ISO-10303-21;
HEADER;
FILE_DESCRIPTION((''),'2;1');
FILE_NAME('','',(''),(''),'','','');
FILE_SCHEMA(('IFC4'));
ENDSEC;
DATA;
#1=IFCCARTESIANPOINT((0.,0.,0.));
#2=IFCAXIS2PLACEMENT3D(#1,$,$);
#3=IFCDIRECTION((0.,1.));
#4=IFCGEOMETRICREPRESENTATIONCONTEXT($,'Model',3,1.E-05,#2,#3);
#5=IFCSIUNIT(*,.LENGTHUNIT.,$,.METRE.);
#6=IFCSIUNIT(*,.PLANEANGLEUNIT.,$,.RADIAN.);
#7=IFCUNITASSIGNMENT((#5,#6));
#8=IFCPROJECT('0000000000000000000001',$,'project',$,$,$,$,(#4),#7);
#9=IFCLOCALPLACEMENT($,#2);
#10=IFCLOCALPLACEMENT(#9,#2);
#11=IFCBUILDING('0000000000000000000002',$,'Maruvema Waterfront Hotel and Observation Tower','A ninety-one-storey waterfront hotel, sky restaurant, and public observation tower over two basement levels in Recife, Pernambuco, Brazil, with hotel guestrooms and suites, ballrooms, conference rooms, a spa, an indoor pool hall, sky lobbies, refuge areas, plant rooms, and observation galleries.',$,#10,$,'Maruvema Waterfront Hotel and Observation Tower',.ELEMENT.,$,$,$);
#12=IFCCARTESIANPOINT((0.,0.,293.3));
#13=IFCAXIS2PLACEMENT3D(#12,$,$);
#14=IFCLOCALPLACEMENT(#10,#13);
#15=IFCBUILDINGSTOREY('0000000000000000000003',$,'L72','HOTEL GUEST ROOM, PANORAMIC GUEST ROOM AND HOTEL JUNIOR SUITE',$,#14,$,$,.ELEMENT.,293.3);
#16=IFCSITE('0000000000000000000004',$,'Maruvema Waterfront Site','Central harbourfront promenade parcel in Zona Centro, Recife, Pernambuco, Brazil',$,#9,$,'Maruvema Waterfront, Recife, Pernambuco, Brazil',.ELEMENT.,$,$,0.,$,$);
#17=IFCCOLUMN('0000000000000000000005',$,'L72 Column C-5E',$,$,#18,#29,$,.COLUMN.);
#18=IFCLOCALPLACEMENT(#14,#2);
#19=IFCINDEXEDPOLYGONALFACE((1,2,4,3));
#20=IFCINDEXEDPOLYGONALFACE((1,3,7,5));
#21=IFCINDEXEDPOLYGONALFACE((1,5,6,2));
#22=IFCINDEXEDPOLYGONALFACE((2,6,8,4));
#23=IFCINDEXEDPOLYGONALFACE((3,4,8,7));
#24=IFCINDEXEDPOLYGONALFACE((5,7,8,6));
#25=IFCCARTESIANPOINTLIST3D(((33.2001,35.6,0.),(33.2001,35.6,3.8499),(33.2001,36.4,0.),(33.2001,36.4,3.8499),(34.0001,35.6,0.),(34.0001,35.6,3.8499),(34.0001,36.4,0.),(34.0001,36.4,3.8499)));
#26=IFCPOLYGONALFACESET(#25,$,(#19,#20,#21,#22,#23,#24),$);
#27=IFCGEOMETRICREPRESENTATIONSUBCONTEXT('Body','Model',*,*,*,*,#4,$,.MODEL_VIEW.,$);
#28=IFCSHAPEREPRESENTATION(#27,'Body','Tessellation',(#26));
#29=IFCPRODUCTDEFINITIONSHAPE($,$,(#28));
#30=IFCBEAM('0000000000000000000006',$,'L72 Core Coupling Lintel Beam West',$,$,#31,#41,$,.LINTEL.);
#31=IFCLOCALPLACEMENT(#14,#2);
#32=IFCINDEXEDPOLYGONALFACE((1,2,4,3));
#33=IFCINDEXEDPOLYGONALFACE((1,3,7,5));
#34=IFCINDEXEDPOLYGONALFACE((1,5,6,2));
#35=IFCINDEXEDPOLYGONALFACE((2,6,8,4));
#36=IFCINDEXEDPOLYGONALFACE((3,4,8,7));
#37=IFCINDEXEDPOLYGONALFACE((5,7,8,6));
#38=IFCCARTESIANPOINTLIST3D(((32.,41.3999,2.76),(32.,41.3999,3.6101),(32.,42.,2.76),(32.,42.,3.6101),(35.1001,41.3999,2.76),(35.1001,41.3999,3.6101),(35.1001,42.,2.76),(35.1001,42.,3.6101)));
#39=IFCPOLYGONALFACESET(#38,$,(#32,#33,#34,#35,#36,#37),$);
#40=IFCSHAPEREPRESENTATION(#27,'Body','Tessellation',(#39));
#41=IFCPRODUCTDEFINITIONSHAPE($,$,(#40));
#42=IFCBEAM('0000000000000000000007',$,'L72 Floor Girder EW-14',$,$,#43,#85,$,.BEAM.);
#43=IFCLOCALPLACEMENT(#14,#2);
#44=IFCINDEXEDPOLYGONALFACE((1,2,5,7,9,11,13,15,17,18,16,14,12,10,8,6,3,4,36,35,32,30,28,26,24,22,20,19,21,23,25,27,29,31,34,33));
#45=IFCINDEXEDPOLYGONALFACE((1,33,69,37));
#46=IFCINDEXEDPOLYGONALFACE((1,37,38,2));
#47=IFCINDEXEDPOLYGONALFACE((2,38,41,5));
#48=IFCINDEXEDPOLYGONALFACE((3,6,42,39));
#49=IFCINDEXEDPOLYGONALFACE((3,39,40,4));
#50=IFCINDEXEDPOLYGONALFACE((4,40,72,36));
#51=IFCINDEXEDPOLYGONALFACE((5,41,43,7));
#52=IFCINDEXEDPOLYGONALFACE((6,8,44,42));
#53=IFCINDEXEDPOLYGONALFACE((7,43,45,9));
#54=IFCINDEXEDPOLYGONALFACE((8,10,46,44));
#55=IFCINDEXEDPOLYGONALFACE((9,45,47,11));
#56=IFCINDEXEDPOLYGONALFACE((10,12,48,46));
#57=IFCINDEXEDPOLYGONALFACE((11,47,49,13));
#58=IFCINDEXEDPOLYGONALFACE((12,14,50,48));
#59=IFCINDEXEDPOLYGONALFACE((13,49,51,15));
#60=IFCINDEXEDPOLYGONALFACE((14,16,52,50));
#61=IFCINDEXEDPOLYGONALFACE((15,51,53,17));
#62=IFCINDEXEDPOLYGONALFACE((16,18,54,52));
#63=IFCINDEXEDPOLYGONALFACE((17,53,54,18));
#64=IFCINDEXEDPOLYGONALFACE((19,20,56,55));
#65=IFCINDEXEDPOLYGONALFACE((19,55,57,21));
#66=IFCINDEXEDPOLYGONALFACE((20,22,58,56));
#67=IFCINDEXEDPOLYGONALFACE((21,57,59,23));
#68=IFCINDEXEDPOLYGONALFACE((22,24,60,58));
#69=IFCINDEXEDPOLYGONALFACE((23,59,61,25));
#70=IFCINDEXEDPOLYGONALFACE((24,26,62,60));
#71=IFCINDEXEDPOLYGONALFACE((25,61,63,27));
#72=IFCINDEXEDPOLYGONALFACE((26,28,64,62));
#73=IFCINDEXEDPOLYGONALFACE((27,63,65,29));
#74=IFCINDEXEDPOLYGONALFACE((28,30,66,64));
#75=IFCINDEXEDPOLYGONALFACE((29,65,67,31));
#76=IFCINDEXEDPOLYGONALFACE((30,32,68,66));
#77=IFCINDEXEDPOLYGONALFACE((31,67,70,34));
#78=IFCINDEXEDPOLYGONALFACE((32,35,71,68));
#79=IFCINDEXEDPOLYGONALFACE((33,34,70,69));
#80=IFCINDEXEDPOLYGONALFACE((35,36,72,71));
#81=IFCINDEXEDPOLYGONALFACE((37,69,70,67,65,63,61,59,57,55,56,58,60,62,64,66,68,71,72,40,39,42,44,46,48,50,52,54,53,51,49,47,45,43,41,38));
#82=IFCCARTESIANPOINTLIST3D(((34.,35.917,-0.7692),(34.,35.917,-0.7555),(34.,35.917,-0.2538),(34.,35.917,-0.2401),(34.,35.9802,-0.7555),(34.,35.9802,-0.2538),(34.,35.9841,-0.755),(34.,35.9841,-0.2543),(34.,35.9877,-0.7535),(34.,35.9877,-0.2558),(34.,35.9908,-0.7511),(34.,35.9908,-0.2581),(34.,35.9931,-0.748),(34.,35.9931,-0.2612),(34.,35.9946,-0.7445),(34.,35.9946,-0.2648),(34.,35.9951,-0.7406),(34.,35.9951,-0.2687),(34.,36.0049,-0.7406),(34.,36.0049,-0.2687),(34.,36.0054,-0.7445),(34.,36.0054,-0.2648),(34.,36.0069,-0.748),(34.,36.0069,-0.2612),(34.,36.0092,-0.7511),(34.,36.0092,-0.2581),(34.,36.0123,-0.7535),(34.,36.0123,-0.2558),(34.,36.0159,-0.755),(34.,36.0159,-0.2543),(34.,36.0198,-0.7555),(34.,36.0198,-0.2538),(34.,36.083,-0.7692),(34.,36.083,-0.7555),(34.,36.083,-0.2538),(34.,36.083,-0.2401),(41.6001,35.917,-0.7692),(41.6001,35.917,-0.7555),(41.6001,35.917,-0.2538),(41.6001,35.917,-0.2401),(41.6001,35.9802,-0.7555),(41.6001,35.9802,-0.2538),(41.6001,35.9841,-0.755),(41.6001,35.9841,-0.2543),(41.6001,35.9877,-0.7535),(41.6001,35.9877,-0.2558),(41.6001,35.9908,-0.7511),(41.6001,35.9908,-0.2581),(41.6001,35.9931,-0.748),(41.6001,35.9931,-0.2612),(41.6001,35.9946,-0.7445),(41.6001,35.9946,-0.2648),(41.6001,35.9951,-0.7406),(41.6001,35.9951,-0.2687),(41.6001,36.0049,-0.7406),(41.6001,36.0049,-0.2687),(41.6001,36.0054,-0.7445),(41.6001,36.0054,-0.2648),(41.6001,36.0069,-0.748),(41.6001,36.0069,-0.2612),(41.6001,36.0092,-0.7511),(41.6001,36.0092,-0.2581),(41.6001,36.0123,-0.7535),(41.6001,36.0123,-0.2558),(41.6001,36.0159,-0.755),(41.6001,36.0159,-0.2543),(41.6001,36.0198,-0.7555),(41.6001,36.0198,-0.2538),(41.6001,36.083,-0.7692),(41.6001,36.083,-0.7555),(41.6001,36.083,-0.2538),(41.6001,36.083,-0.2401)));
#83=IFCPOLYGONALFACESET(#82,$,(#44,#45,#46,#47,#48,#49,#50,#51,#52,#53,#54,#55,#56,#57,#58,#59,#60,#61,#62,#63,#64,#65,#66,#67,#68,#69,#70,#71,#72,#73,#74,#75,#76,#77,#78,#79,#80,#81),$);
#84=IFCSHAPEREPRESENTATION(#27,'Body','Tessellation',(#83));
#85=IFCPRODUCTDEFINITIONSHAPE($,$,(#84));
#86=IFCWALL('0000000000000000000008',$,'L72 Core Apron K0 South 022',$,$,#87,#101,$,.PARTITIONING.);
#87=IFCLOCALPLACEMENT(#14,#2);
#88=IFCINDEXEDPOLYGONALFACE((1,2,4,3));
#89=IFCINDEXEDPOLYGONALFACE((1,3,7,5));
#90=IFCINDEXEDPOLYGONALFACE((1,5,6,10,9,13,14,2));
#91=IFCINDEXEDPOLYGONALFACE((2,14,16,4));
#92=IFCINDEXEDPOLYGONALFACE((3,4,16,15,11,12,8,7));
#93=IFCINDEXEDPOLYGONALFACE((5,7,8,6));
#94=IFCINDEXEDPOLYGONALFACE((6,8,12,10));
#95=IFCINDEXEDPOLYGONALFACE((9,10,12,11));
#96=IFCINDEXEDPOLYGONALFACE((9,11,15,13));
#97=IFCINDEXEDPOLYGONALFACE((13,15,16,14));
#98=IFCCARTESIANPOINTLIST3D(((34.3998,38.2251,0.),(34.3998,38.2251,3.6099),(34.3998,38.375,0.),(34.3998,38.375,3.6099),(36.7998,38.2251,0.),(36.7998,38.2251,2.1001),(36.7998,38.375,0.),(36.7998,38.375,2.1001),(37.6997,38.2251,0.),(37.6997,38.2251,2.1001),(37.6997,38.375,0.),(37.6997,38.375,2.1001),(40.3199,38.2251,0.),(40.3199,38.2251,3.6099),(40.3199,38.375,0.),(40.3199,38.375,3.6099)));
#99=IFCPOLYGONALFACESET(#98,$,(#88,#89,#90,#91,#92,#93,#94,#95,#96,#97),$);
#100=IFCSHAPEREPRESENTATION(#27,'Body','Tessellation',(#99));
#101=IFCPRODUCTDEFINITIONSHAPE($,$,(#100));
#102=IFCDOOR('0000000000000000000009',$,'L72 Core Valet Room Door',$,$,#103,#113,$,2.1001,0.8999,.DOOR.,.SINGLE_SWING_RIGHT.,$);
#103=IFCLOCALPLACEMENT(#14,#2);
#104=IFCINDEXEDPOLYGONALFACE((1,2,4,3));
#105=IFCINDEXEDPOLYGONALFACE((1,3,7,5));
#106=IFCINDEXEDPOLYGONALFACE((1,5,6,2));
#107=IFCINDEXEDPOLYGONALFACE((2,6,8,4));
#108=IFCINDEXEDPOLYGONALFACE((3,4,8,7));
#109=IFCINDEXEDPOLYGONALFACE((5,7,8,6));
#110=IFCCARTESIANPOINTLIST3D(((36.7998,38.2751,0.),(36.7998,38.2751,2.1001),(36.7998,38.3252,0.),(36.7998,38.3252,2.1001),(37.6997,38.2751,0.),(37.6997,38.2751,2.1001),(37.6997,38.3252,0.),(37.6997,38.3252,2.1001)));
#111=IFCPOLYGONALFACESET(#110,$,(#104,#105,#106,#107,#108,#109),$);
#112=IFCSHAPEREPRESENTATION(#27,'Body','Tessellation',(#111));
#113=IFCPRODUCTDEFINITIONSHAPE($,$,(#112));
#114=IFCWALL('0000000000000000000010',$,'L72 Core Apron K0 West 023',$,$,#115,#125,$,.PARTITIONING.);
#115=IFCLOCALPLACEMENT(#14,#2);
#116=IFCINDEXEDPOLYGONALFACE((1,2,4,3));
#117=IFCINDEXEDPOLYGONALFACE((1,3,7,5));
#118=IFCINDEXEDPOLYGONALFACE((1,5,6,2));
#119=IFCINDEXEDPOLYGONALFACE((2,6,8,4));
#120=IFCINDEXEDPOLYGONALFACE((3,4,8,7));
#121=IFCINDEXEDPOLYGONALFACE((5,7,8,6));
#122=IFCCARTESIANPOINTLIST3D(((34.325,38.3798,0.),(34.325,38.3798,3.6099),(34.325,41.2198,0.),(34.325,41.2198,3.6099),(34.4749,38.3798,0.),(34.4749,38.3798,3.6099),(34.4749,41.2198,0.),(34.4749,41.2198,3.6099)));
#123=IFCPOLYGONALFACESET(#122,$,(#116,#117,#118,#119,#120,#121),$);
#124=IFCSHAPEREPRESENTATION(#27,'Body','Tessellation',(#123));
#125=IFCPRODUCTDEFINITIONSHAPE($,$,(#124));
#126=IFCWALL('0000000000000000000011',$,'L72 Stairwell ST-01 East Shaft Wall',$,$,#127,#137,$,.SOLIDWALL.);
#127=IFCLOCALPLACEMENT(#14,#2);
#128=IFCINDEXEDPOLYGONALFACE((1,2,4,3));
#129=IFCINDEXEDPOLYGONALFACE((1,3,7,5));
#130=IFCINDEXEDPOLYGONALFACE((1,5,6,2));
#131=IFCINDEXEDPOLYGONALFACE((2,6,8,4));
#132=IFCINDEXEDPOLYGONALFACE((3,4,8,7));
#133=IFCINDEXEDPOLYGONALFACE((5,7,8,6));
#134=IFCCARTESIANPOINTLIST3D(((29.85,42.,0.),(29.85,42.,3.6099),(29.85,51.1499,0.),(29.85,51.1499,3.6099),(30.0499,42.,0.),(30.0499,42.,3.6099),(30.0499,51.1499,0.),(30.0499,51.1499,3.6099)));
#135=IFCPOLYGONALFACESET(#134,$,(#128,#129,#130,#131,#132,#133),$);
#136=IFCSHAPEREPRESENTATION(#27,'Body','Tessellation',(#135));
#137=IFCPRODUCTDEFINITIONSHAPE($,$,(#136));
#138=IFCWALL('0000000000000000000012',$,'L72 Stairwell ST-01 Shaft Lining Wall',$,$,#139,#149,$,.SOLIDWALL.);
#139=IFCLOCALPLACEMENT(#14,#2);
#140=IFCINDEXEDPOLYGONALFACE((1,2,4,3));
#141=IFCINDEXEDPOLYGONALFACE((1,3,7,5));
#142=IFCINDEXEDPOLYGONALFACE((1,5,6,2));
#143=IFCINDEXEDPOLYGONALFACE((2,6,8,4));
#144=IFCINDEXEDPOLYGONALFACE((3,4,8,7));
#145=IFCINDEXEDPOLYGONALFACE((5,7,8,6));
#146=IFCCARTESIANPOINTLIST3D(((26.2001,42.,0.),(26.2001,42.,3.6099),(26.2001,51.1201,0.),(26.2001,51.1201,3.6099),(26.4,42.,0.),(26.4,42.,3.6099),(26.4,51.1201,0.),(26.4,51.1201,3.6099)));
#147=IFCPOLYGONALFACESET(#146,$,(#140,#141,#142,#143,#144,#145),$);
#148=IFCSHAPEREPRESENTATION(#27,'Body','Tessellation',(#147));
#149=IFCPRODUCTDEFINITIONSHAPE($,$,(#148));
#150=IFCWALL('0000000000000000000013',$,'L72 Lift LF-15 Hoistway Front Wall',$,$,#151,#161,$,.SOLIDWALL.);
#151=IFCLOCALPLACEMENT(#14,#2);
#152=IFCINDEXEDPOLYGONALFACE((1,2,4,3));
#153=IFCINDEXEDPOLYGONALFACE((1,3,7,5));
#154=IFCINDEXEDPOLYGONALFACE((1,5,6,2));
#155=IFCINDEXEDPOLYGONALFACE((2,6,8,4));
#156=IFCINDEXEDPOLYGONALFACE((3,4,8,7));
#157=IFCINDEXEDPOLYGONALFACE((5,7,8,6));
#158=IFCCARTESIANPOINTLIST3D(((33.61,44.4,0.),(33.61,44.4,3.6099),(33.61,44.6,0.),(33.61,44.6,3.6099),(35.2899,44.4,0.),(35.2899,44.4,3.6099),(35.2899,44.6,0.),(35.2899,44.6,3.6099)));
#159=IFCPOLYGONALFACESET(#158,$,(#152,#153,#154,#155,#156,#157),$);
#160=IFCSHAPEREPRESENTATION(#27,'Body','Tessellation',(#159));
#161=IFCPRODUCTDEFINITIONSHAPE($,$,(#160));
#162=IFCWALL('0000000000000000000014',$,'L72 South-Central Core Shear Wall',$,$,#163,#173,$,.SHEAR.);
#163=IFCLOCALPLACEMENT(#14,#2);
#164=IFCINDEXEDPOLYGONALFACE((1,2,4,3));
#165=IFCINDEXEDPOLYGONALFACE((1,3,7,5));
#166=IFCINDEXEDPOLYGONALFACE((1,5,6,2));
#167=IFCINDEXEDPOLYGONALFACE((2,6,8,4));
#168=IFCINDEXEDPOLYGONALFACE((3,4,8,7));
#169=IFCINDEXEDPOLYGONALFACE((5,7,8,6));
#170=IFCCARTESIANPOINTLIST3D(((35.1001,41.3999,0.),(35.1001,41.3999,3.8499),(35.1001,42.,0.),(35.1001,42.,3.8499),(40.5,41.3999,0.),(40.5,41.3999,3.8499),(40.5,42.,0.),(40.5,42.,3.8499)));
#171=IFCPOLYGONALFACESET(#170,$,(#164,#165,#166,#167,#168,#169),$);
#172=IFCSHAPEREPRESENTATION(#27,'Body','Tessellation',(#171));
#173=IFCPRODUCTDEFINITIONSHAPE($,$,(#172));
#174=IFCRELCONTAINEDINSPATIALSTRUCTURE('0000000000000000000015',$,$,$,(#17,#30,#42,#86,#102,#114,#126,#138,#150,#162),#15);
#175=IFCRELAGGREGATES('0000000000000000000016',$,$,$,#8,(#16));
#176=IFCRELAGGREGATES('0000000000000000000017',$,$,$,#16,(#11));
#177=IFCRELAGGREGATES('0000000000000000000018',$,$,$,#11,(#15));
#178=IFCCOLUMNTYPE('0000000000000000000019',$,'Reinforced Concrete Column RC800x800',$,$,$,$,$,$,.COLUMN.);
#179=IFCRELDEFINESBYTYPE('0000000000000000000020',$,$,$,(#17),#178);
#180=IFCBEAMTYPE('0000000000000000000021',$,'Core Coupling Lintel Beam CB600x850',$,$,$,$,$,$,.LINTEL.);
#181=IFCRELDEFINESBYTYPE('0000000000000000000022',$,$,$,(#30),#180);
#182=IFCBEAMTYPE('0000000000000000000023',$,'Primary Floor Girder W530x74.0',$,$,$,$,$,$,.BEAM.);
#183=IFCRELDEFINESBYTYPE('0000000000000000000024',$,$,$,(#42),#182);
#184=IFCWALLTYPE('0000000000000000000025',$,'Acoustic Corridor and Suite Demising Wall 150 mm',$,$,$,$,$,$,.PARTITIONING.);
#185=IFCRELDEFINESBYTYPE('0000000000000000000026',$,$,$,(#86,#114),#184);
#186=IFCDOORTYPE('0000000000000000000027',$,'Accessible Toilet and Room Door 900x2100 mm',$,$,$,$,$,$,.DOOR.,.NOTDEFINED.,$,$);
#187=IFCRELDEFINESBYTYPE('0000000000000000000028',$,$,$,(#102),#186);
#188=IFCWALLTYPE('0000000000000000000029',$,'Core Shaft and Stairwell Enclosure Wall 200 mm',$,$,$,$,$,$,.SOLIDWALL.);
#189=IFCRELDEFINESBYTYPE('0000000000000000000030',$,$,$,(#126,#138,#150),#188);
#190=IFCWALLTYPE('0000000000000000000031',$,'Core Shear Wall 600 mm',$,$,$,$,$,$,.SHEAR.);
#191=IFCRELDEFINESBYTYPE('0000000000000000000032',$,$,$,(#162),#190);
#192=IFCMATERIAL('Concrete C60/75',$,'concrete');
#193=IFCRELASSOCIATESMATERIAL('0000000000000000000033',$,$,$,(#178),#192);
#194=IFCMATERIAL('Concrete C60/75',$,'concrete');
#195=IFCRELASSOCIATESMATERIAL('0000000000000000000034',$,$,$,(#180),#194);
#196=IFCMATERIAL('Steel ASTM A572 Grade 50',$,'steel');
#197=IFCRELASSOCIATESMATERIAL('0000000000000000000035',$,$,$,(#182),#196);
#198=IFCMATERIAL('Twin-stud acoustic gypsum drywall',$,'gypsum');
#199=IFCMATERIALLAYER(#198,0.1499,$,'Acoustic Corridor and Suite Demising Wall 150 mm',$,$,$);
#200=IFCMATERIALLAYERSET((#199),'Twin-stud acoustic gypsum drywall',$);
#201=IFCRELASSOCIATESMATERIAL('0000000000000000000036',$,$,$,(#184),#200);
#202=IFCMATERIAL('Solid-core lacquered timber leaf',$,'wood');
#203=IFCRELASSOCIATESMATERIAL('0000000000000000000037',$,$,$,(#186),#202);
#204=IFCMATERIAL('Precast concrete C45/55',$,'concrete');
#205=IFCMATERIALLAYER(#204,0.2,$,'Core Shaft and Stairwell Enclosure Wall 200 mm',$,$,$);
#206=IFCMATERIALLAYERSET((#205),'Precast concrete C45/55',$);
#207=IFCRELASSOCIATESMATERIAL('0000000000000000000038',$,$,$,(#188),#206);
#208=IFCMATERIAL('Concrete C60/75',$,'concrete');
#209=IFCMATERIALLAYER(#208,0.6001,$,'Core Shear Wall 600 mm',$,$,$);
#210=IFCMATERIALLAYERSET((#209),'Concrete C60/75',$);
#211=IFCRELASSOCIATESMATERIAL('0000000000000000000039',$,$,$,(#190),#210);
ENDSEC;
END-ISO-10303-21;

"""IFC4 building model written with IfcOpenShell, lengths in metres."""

from ifc_helpers import new_model, si_unit, direction, frame, frame_2d, origin, origin_2d, place, context, subcontext, project, spatial, rectangle, i_section, extrude, material, layer, layer_set, material_profile, profile_set, type_object, element, fill, save


model = new_model("IFC4")

# Units and contexts
model_context = context("Model", 3, precision=1e-05, world=origin(), true_north=direction((0.0, 1.0)))
body_context = subcontext(model_context, "Body", "Model", "MODEL_VIEW")
ifc_project = project(units=[si_unit("LENGTHUNIT", "METRE"), si_unit("PLANEANGLEUNIT", "RADIAN")], contexts=[model_context])

# Site, building, storey
site_placement = place(None, origin())
site = spatial("IfcSite", under=ifc_project, at=site_placement, Name="Maruvema Waterfront Site", Description="Central harbourfront promenade parcel in Zona Centro, Recife, Pernambuco, Brazil", LongName="Maruvema Waterfront, Recife, Pernambuco, Brazil", CompositionType="ELEMENT", RefElevation=0.0)
building_placement = place(site_placement, origin())
building = spatial("IfcBuilding", under=site, at=building_placement, Name="Maruvema Waterfront Hotel and Observation Tower", Description="A ninety-one-storey waterfront hotel, sky restaurant, and public observation tower over two basement levels in Recife, Pernambuco, Brazil, with hotel guestrooms and suites, ballrooms, conference rooms, a spa, an indoor pool hall, sky lobbies, refuge areas, plant rooms, and observation galleries.", LongName="Maruvema Waterfront Hotel and Observation Tower", CompositionType="ELEMENT")
storey_placement = place(building_placement, frame((0.0, 0.0, 293.3)))
storey = spatial("IfcBuildingStorey", under=building, at=storey_placement, Name="L72", Description="HOTEL GUEST ROOM, PANORAMIC GUEST ROOM AND HOTEL JUNIOR SUITE", CompositionType="ELEMENT", Elevation=293.3)

# Column
ifc_material_1 = material(Name="Concrete C60/75", Category="concrete")
ifc_material_profile_1 = material_profile(ifc_material_1, rectangle(XDim=0.8, YDim=0.8, at=origin_2d()), Name="RC800x800")
ifc_profile_set_1 = profile_set([ifc_material_profile_1], Name="Concrete C60/75")
column_type = type_object("IfcColumnType", Name="Reinforced Concrete Column RC800x800", PredefinedType="COLUMN", material=ifc_profile_set_1)
column_placement = place(storey_placement, frame((33.6001, 36.0, 0.0), z_axis=(0.0, 0.0, 1.0), x_axis=(1.0, 0.0, 0.0)))
element("IfcColumn", 1, at=column_placement, inside=storey, type_object=column_type, Name="L72 Column C-5E", PredefinedType="COLUMN", context=body_context, shape_type="SweptSolid", body=[
    extrude(rectangle(XDim=0.8, YDim=0.8, at=origin_2d()), origin(), (0.0, 0.0, 1.0), 3.8499),
])

# Beams
ifc_material_2 = material(Name="Concrete C60/75", Category="concrete")
ifc_material_profile_2 = material_profile(ifc_material_2, rectangle(XDim=0.6001, YDim=0.8501, at=origin_2d()), Name="CB600x850")
ifc_profile_set_2 = profile_set([ifc_material_profile_2], Name="Concrete C60/75")
beam_type_1 = type_object("IfcBeamType", Name="Core Coupling Lintel Beam CB600x850", PredefinedType="LINTEL", material=ifc_profile_set_2)
beam_1_placement = place(storey_placement, frame((32.0, 41.7, 3.1851), z_axis=(1.0, 0.0, 0.0), x_axis=(0.0, 1.0, 0.0)))
element("IfcBeam", 2, at=beam_1_placement, inside=storey, type_object=beam_type_1, Name="L72 Core Coupling Lintel Beam West", PredefinedType="LINTEL", context=body_context, shape_type="SweptSolid", body=[
    extrude(rectangle(XDim=0.6001, YDim=0.8501, at=origin_2d()), origin(), (0.0, 0.0, 1.0), 3.1001),
])
ifc_material_3 = material(Name="Steel ASTM A572 Grade 50", Category="steel")
ifc_material_profile_3 = material_profile(ifc_material_3, i_section(OverallWidth=0.166, OverallDepth=0.5291, WebThickness=0.0098, FlangeThickness=0.0137, FilletRadius=0.0149, at=origin_2d()), Name="W530x74.0")
ifc_profile_set_3 = profile_set([ifc_material_profile_3], Name="Steel ASTM A572 Grade 50")
beam_type_2 = type_object("IfcBeamType", Name="Primary Floor Girder W530x74.0", PredefinedType="BEAM", material=ifc_profile_set_3)
beam_2_placement = place(storey_placement, frame((34.0, 36.0, -0.5046), z_axis=(1.0, 0.0, 0.0), x_axis=(0.0, 1.0, 0.0)))
element("IfcBeam", 3, at=beam_2_placement, inside=storey, type_object=beam_type_2, Name="L72 Floor Girder EW-14", PredefinedType="BEAM", context=body_context, shape_type="SweptSolid", body=[
    extrude(i_section(OverallWidth=0.166, OverallDepth=0.5291, WebThickness=0.0098, FlangeThickness=0.0137, FilletRadius=0.0149, at=origin_2d()), origin(), (0.0, 0.0, 1.0), 7.6001),
])

# Wall, opening, door
ifc_material_4 = material(Name="Twin-stud acoustic gypsum drywall", Category="gypsum")
ifc_layer_1 = layer(ifc_material_4, 0.1499, Name="Acoustic Corridor and Suite Demising Wall 150 mm")
ifc_layer_set_1 = layer_set([ifc_layer_1], Name="Twin-stud acoustic gypsum drywall")
wall_type_1 = type_object("IfcWallType", Name="Acoustic Corridor and Suite Demising Wall 150 mm", PredefinedType="PARTITIONING", material=ifc_layer_set_1)
wall_1_placement = place(storey_placement, frame((34.3999, 38.3, 0.0), z_axis=(0.0, 0.0, 1.0), x_axis=(1.0, 0.0, 0.0)))
wall_1 = element("IfcWall", 4, at=wall_1_placement, inside=storey, type_object=wall_type_1, Name="L72 Core Apron K0 South 022", PredefinedType="PARTITIONING", context=body_context, shape_type="SweptSolid", body=[
    extrude(rectangle(XDim=5.9202, YDim=0.1499, at=frame_2d((2.96, 0.0))), origin(), (0.0, 0.0, 1.0), 3.6099),
])
opening_1_placement = place(wall_1_placement, frame((2.3999, 0.0, 0.0)))
opening_1 = element("IfcOpeningElement", 5, at=opening_1_placement, cuts=wall_1, PredefinedType="OPENING", context=body_context, shape_type="SweptSolid", body=[
    extrude(rectangle(XDim=0.8999, YDim=2.1001, at=frame_2d((0.45, 1.05))), frame((0.0, 0.085, 0.0), z_axis=(0.0, -1.0, 0.0), x_axis=(1.0, 0.0, 0.0)), (0.0, 0.0, 1.0), 0.1699),
])
ifc_material_5 = material(Name="Solid-core lacquered timber leaf", Category="wood")
door_type_1 = type_object("IfcDoorType", Name="Accessible Toilet and Room Door 900x2100 mm", OperationType="NOTDEFINED", PredefinedType="DOOR", material=ifc_material_5)
door_1_placement = place(opening_1_placement, frame((0.8999, 0.0, 0.0), z_axis=(0.0, 0.0, 1.0), x_axis=(-1.0, 0.0, 0.0)))
door_1 = element("IfcDoor", 6, at=door_1_placement, inside=storey, type_object=door_type_1, Name="L72 Core Valet Room Door", OperationType="SINGLE_SWING_RIGHT", OverallHeight=2.1001, OverallWidth=0.8999, PredefinedType="DOOR", context=body_context, shape_type="SweptSolid", body=[
    extrude(rectangle(XDim=0.8999, YDim=2.1001, at=frame_2d((0.45, 1.05))), frame((0.0, 0.0249, 0.0), z_axis=(0.0, -1.0, 0.0), x_axis=(1.0, 0.0, 0.0)), (0.0, 0.0, 1.0), 0.05),
])
fill(opening_1, door_1)

# Walls
wall_2_placement = place(storey_placement, frame((34.3999, 38.3799, 0.0), z_axis=(0.0, 0.0, 1.0), x_axis=(0.0, 1.0, 0.0)))
element("IfcWall", 7, at=wall_2_placement, inside=storey, type_object=wall_type_1, Name="L72 Core Apron K0 West 023", PredefinedType="PARTITIONING", context=body_context, shape_type="SweptSolid", body=[
    extrude(rectangle(XDim=2.8401, YDim=0.1499, at=frame_2d((1.4199, 0.0))), origin(), (0.0, 0.0, 1.0), 3.6099),
])
ifc_material_6 = material(Name="Precast concrete C45/55", Category="concrete")
ifc_layer_2 = layer(ifc_material_6, 0.2, Name="Core Shaft and Stairwell Enclosure Wall 200 mm")
ifc_layer_set_2 = layer_set([ifc_layer_2], Name="Precast concrete C45/55")
wall_type_2 = type_object("IfcWallType", Name="Core Shaft and Stairwell Enclosure Wall 200 mm", PredefinedType="SOLIDWALL", material=ifc_layer_set_2)
wall_3_placement = place(storey_placement, frame((29.95, 42.0, 0.0), z_axis=(0.0, 0.0, 1.0), x_axis=(0.0, 1.0, 0.0)))
element("IfcWall", 8, at=wall_3_placement, inside=storey, type_object=wall_type_2, Name="L72 Stairwell ST-01 East Shaft Wall", PredefinedType="SOLIDWALL", context=body_context, shape_type="SweptSolid", body=[
    extrude(rectangle(XDim=9.1499, YDim=0.2, at=frame_2d((4.575, 0.0))), origin(), (0.0, 0.0, 1.0), 3.6099),
])
wall_4_placement = place(storey_placement, frame((26.3, 42.0, 0.0), z_axis=(0.0, 0.0, 1.0), x_axis=(0.0, 1.0, 0.0)))
element("IfcWall", 9, at=wall_4_placement, inside=storey, type_object=wall_type_2, Name="L72 Stairwell ST-01 Shaft Lining Wall", PredefinedType="SOLIDWALL", context=body_context, shape_type="SweptSolid", body=[
    extrude(rectangle(XDim=9.1201, YDim=0.2, at=frame_2d((4.5601, 0.0))), origin(), (0.0, 0.0, 1.0), 3.6099),
])
wall_5_placement = place(storey_placement, frame((33.6101, 44.5, 0.0), z_axis=(0.0, 0.0, 1.0), x_axis=(1.0, 0.0, 0.0)))
element("IfcWall", 10, at=wall_5_placement, inside=storey, type_object=wall_type_2, Name="L72 Lift LF-15 Hoistway Front Wall", PredefinedType="SOLIDWALL", context=body_context, shape_type="SweptSolid", body=[
    extrude(rectangle(XDim=1.6799, YDim=0.2, at=frame_2d((0.8398, 0.0))), origin(), (0.0, 0.0, 1.0), 3.6099),
])
ifc_material_7 = material(Name="Concrete C60/75", Category="concrete")
ifc_layer_3 = layer(ifc_material_7, 0.6001, Name="Core Shear Wall 600 mm")
ifc_layer_set_3 = layer_set([ifc_layer_3], Name="Concrete C60/75")
wall_type_3 = type_object("IfcWallType", Name="Core Shear Wall 600 mm", PredefinedType="SHEAR", material=ifc_layer_set_3)
wall_6_placement = place(storey_placement, frame((35.1001, 41.7, 0.0), z_axis=(0.0, 0.0, 1.0), x_axis=(1.0, 0.0, 0.0)))
element("IfcWall", 11, at=wall_6_placement, inside=storey, type_object=wall_type_3, Name="L72 South-Central Core Shear Wall", PredefinedType="SHEAR", context=body_context, shape_type="SweptSolid", body=[
    extrude(rectangle(XDim=5.3999, YDim=0.6001, at=frame_2d((2.7, 0.0))), origin(), (0.0, 0.0, 1.0), 3.8499),
])

save(model, "model.ifc")
